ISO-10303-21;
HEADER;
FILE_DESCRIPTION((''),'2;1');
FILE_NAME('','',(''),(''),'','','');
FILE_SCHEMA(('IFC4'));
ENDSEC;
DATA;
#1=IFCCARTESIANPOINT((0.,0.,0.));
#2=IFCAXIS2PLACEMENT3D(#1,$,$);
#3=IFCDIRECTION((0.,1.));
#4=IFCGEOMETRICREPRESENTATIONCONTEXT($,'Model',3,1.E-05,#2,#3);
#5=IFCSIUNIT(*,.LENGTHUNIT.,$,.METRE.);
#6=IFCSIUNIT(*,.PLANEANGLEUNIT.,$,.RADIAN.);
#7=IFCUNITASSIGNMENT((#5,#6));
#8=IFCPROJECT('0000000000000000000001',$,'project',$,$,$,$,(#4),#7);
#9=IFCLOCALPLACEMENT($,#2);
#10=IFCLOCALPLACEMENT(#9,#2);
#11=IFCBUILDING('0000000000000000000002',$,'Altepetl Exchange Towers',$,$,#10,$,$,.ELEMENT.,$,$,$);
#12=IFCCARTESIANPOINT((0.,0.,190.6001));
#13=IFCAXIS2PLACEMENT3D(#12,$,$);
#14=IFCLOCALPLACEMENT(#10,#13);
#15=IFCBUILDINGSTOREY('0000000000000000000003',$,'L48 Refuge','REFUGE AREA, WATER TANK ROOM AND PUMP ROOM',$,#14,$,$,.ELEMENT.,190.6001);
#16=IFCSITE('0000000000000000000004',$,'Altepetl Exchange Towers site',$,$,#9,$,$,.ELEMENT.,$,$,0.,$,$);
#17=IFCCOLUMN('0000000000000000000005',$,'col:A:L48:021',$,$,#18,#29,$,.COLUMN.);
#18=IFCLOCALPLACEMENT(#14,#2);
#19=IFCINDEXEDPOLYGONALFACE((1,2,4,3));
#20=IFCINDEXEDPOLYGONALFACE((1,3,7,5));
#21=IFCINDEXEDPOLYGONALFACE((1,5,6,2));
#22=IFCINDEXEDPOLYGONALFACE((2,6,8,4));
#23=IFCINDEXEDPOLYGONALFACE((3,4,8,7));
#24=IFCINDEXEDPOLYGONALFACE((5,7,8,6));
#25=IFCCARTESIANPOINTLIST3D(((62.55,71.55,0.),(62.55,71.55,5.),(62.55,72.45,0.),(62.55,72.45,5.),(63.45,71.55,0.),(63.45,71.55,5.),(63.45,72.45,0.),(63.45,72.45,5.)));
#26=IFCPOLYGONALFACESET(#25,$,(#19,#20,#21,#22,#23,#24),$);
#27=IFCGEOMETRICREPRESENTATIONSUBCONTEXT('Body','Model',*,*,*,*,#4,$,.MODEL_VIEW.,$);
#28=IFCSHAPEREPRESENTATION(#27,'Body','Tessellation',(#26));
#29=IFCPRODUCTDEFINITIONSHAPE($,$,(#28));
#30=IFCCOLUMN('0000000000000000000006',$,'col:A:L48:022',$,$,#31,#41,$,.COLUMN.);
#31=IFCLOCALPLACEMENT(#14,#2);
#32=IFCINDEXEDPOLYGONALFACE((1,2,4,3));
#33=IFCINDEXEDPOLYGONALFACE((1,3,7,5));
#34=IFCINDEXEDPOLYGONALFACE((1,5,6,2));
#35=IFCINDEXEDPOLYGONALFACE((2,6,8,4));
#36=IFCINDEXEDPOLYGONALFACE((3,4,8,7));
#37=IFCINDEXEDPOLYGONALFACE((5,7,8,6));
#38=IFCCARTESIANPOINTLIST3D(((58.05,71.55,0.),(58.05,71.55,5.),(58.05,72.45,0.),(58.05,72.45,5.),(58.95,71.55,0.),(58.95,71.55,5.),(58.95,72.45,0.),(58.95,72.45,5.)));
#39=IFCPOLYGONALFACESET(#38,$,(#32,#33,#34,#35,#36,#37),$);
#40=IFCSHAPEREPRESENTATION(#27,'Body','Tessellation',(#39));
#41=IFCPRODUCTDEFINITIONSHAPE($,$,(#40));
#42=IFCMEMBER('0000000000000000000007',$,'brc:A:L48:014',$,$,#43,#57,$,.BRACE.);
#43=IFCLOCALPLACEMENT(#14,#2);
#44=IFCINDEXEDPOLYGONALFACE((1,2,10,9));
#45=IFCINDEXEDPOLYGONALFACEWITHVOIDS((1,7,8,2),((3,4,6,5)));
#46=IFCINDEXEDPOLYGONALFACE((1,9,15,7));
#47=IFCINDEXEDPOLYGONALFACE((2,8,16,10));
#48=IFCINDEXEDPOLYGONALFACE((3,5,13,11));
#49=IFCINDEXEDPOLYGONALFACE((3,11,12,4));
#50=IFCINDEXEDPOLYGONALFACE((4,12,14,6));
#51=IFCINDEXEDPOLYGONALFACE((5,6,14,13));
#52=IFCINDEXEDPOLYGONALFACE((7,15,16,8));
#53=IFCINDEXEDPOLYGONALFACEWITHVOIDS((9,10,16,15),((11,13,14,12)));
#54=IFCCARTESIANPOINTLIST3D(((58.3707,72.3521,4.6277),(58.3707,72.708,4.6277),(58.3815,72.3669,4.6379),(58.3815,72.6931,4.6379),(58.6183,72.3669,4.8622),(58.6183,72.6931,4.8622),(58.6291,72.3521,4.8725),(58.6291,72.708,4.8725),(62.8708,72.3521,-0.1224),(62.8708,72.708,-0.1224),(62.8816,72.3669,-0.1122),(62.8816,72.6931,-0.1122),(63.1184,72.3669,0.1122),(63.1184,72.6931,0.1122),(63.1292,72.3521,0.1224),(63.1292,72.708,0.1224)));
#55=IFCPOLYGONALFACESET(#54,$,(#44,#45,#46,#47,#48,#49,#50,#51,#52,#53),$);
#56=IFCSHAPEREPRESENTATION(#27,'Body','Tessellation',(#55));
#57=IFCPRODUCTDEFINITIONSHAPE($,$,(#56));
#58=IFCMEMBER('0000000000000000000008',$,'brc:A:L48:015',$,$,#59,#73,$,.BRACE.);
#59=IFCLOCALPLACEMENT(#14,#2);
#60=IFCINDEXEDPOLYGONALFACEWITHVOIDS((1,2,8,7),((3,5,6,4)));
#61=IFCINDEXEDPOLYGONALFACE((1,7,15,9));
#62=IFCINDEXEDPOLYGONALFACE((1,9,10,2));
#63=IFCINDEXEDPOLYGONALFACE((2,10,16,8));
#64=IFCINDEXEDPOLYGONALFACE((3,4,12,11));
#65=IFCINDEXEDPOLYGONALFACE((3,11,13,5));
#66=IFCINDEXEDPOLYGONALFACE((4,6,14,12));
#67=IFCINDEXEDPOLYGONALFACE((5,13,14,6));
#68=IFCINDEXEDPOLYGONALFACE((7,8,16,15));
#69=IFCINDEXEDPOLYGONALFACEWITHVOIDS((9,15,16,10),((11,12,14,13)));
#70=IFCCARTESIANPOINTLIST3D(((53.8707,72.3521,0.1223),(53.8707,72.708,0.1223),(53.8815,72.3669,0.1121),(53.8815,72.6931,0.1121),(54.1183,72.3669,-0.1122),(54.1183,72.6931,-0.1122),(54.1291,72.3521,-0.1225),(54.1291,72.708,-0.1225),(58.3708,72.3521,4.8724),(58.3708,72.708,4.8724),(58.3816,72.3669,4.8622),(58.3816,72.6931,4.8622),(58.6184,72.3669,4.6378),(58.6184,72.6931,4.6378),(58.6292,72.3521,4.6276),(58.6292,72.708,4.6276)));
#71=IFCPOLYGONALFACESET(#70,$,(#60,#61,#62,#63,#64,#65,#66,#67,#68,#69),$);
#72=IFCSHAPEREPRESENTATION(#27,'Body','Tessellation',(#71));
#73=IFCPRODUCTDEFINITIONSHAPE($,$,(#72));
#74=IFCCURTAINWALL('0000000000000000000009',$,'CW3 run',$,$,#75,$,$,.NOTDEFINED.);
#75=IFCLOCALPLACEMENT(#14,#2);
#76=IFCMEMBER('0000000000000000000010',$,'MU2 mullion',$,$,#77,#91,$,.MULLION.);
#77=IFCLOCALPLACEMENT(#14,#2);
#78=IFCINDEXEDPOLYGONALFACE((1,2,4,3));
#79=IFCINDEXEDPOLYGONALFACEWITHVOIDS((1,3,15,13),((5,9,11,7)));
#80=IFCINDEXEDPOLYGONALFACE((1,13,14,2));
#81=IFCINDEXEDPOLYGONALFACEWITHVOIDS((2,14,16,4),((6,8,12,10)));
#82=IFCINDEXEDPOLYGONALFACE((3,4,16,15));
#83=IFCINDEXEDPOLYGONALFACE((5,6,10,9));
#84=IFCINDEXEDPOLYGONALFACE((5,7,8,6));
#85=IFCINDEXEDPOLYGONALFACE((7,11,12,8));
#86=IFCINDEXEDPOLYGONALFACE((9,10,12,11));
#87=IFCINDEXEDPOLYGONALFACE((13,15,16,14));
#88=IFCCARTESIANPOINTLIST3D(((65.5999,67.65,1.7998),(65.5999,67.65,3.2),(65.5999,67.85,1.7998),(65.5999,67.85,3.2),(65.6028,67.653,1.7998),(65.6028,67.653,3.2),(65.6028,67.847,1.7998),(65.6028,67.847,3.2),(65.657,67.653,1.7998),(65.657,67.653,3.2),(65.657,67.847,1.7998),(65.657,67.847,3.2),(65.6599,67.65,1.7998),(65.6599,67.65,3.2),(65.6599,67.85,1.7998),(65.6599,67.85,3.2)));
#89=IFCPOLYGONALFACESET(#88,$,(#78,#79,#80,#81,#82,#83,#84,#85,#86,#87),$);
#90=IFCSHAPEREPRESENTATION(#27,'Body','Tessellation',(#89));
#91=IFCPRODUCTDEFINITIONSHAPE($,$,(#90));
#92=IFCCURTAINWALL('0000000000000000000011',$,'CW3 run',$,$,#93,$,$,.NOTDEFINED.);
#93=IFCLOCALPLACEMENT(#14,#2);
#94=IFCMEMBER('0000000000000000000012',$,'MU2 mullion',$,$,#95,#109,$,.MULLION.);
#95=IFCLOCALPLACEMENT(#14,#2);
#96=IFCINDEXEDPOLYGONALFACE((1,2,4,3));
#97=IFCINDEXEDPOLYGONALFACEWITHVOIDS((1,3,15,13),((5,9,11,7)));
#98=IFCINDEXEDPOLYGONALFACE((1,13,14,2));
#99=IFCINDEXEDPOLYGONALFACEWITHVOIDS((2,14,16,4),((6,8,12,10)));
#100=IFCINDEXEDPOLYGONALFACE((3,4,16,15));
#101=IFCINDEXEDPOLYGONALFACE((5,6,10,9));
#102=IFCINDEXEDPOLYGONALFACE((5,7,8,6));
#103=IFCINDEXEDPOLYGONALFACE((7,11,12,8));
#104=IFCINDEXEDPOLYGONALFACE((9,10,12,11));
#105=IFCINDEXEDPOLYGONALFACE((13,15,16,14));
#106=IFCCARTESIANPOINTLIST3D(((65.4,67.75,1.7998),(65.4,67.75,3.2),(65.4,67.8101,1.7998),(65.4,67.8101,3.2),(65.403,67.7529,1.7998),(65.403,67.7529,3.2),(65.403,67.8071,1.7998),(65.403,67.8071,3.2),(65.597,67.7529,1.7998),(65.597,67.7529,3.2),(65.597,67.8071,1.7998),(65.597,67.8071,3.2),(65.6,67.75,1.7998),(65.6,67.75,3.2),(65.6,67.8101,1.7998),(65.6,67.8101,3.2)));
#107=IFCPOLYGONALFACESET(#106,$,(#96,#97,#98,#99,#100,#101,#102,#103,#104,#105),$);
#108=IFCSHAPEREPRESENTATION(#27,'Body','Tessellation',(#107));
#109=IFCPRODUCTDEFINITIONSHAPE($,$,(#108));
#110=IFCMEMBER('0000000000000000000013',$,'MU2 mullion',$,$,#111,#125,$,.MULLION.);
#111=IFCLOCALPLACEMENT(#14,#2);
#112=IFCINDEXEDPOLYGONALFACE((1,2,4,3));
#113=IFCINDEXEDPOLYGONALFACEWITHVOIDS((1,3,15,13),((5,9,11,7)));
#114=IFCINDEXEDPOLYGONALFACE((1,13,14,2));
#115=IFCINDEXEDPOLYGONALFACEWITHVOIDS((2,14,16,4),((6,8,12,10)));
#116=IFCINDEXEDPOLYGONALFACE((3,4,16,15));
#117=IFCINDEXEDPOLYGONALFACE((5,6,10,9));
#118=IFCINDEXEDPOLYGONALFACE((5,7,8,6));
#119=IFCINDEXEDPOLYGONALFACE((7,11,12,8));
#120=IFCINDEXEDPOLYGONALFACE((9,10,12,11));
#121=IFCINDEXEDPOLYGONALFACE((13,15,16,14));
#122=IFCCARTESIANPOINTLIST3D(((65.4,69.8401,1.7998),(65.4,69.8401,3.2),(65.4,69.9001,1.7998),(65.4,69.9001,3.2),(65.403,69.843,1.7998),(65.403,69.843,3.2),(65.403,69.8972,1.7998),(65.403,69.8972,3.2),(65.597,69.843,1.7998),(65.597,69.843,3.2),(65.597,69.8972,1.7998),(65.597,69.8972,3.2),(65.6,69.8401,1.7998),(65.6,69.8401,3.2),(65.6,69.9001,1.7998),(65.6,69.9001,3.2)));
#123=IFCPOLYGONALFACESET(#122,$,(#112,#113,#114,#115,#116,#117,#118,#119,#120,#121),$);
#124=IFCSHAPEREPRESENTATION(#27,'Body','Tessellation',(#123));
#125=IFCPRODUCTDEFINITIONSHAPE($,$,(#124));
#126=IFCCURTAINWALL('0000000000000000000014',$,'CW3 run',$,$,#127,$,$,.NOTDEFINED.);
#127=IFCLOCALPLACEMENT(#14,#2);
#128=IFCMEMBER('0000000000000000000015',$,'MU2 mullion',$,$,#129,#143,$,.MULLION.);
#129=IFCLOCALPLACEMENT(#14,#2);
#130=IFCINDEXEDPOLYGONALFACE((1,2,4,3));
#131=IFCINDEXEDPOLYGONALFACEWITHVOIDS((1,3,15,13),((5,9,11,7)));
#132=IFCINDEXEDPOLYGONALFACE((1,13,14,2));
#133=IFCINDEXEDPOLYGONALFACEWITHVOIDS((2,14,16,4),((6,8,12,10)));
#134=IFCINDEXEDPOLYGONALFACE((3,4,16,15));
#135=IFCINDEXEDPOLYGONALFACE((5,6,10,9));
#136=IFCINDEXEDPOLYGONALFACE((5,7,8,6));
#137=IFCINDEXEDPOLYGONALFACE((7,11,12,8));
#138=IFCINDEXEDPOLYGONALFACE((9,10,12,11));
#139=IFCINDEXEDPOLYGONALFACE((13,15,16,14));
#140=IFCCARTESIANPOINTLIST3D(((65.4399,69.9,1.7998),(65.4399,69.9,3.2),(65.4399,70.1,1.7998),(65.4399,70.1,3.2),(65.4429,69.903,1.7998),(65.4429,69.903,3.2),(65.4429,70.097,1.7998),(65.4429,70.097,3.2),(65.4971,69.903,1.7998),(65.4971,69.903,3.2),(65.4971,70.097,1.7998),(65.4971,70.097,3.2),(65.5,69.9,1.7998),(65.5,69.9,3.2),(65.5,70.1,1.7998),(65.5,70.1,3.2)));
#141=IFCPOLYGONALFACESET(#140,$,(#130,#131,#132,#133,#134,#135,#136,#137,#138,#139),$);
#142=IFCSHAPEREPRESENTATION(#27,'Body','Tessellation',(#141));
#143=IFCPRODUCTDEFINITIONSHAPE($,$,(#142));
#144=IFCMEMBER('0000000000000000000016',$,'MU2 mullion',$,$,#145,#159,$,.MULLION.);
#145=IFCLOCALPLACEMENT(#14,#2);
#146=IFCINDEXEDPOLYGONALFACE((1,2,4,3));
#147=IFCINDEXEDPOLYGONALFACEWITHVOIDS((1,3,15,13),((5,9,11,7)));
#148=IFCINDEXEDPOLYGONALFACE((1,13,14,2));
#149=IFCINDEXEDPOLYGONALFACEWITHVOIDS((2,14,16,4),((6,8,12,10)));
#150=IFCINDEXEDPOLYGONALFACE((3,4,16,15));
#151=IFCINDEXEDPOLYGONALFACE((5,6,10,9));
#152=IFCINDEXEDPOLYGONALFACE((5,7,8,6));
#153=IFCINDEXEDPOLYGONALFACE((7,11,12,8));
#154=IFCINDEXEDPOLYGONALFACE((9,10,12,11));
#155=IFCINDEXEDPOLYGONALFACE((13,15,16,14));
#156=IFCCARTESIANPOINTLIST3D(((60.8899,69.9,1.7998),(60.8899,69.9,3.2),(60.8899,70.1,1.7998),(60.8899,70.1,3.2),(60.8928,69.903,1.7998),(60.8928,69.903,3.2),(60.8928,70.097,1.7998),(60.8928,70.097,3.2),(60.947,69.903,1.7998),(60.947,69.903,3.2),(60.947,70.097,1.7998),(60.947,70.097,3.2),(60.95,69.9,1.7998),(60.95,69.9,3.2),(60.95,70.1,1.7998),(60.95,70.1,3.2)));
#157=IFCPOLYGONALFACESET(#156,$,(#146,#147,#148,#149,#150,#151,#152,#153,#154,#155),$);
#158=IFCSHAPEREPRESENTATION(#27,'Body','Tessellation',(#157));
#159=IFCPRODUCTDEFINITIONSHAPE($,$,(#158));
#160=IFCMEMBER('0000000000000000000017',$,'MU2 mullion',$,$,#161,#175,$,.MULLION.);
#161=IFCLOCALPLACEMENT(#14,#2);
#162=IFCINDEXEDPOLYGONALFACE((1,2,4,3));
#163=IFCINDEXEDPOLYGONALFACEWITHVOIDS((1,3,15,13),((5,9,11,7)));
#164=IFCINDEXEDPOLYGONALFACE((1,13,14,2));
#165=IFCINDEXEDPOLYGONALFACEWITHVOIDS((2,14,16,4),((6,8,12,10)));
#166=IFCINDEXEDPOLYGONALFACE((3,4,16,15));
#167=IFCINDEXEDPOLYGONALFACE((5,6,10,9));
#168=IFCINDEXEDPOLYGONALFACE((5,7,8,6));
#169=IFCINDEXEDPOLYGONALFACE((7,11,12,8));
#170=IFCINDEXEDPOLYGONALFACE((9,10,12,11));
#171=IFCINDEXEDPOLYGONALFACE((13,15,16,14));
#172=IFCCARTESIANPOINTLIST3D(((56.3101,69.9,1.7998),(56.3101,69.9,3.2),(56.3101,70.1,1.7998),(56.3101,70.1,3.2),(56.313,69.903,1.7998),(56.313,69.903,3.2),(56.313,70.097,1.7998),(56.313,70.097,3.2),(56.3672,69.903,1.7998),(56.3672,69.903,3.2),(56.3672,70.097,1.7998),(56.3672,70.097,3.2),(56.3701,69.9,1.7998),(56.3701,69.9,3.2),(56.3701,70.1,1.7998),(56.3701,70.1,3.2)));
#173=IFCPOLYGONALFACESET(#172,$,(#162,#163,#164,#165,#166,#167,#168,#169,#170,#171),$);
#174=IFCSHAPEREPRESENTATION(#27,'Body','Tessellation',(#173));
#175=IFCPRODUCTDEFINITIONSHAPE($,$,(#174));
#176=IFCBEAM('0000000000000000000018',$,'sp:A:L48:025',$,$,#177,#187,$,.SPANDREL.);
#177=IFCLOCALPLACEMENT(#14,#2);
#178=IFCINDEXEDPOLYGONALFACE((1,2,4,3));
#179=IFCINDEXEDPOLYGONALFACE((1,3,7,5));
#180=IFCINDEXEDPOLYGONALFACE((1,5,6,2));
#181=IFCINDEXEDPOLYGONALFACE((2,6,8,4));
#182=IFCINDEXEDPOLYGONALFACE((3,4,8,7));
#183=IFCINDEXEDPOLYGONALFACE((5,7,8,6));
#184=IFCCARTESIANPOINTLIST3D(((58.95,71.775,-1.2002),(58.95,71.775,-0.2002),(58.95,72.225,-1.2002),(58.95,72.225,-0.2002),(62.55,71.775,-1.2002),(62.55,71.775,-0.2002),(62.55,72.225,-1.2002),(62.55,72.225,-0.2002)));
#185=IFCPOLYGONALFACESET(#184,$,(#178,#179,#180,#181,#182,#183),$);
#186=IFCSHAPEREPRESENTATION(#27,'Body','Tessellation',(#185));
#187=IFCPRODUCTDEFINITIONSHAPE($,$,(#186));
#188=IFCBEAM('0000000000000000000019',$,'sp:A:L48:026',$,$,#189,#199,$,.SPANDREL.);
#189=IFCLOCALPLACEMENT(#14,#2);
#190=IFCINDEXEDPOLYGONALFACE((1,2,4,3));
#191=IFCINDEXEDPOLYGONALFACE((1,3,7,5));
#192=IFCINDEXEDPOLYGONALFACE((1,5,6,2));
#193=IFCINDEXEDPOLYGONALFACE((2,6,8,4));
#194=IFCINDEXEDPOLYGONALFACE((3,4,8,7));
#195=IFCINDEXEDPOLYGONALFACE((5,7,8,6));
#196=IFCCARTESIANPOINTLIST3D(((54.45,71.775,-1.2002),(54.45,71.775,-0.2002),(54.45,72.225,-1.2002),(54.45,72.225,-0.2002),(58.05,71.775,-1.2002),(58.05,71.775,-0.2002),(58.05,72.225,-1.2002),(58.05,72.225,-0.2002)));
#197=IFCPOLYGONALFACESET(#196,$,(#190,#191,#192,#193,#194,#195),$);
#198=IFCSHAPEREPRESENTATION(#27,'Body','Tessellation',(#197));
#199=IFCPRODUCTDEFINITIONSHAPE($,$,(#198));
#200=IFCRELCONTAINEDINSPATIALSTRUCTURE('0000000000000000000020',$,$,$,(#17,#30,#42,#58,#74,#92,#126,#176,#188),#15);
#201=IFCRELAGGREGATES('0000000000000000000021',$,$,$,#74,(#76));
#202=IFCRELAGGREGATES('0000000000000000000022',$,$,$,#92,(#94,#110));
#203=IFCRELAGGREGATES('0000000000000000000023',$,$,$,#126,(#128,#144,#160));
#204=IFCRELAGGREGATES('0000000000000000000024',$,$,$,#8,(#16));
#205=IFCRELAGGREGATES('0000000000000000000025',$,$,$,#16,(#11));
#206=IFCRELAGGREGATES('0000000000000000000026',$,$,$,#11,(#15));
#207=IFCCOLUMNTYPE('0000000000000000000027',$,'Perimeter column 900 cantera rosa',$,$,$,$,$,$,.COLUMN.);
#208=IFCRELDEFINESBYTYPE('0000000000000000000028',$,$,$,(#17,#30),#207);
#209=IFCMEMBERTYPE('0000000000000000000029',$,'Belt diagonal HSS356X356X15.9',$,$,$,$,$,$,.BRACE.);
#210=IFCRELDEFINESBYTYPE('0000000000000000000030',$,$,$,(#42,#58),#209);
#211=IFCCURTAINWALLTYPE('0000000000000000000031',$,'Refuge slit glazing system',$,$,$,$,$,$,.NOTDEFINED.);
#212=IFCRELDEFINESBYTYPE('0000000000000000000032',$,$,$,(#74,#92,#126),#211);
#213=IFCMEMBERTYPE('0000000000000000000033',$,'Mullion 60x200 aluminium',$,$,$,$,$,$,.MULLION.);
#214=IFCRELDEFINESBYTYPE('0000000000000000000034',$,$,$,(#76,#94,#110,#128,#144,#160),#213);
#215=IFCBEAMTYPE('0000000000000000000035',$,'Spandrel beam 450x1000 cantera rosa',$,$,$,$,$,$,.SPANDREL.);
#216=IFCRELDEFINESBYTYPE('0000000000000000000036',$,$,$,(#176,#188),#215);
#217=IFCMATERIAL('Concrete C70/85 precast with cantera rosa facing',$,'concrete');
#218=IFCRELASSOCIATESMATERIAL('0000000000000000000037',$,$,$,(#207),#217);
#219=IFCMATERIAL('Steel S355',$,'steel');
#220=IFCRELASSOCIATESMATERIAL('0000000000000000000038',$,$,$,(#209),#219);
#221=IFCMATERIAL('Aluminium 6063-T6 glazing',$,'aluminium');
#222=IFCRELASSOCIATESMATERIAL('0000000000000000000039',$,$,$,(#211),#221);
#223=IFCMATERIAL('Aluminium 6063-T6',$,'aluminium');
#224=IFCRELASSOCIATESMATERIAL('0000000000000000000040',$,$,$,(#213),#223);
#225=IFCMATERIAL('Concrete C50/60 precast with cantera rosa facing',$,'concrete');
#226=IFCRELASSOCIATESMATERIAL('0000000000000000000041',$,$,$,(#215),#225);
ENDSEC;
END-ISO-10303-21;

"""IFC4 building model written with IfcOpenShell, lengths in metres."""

from ifc_helpers import new_model, si_unit, direction, frame, origin, origin_2d, place, context, subcontext, project, spatial, rectangle, hollow_rectangle, extrude, material, material_profile, profile_set, type_object, element, aggregate, save


model = new_model("IFC4")

# Units and contexts
model_context = context("Model", 3, precision=1e-05, world=origin(), true_north=direction((0.0, 1.0)))
body_context = subcontext(model_context, "Body", "Model", "MODEL_VIEW")
ifc_project = project(units=[si_unit("LENGTHUNIT", "METRE"), si_unit("PLANEANGLEUNIT", "RADIAN")], contexts=[model_context])

# Site, building, storey
site_placement = place(None, origin())
site = spatial("IfcSite", under=ifc_project, at=site_placement, Name="Altepetl Exchange Towers site", CompositionType="ELEMENT", RefElevation=0.0)
building_placement = place(site_placement, origin())
building = spatial("IfcBuilding", under=site, at=building_placement, Name="Altepetl Exchange Towers", CompositionType="ELEMENT")
storey_placement = place(building_placement, frame((0.0, 0.0, 190.6001)))
storey = spatial("IfcBuildingStorey", under=building, at=storey_placement, Name="L48 Refuge", Description="REFUGE AREA, WATER TANK ROOM AND PUMP ROOM", CompositionType="ELEMENT", Elevation=190.6001)

# Columns
ifc_material_1 = material(Name="Concrete C70/85 precast with cantera rosa facing", Category="concrete")
ifc_material_profile_1 = material_profile(ifc_material_1, rectangle(XDim=0.8999, YDim=0.8999, at=origin_2d()), Name="900 x 900")
ifc_profile_set_1 = profile_set([ifc_material_profile_1], Name="Concrete C70/85 precast with cantera rosa facing")
column_type = type_object("IfcColumnType", Name="Perimeter column 900 cantera rosa", PredefinedType="COLUMN", material=ifc_profile_set_1)
for number, where, name in (
    (1, (63.0, 72.0, 0.0), "col:A:L48:021"),
    (2, (58.5, 72.0, 0.0), "col:A:L48:022"),
):
    element("IfcColumn", number, at=place(storey_placement, frame(where)), inside=storey, type_object=column_type, Name=name, PredefinedType="COLUMN", context=body_context, shape_type="SweptSolid", body=[
        extrude(rectangle(XDim=0.8999, YDim=0.8999, at=origin_2d()), origin(), (0.0, 0.0, 1.0), 5.0),
    ])

# Members
ifc_material_2 = material(Name="Steel S355", Category="steel")
ifc_material_profile_2 = material_profile(ifc_material_2, hollow_rectangle(XDim=0.356, YDim=0.356, WallThickness=0.0149, at=origin_2d()), Name="HSS356X356X15.9")
ifc_profile_set_2 = profile_set([ifc_material_profile_2], Name="Steel S355")
member_type_1 = type_object("IfcMemberType", Name="Belt diagonal HSS356X356X15.9", PredefinedType="BRACE", material=ifc_profile_set_2)
for number, where, z_axis, x_axis, name in (
    (3, (63.0, 72.53, 0.0), (-0.687745, 0.0, 0.725953), (0.0, -1.0, 0.0), "brc:A:L48:014"),
    (4, (58.5, 72.53, 4.75), (-0.687745, 0.0, -0.725953), (0.0, -1.0, 0.0), "brc:A:L48:015"),
):
    element("IfcMember", number, at=place(storey_placement, frame(where, z_axis=z_axis, x_axis=x_axis)), inside=storey, type_object=member_type_1, Name=name, PredefinedType="BRACE", context=body_context, shape_type="SweptSolid", body=[
        extrude(hollow_rectangle(XDim=0.356, YDim=0.356, WallThickness=0.0149, at=origin_2d()), origin(), (0.0, 0.0, 1.0), 6.5432),
    ])

# Curtain wall, member
ifc_material_3 = material(Name="Aluminium 6063-T6 glazing", Category="aluminium")
curtain_wall_type = type_object("IfcCurtainWallType", Name="Refuge slit glazing system", PredefinedType="NOTDEFINED", material=ifc_material_3)
curtain_wall_1_placement = place(storey_placement, origin())
curtain_wall_1 = element("IfcCurtainWall", 5, at=curtain_wall_1_placement, inside=storey, type_object=curtain_wall_type, Name="CW3 run", PredefinedType="NOTDEFINED")
ifc_material_4 = material(Name="Aluminium 6063-T6", Category="aluminium")
ifc_material_profile_3 = material_profile(ifc_material_4, hollow_rectangle(XDim=0.0601, YDim=0.2, WallThickness=0.0029, at=origin_2d()), Name="Mullion 60x200 aluminium")
ifc_profile_set_3 = profile_set([ifc_material_profile_3], Name="Aluminium 6063-T6")
member_type_2 = type_object("IfcMemberType", Name="Mullion 60x200 aluminium", PredefinedType="MULLION", material=ifc_profile_set_3)
member_1_placement = place(storey_placement, frame((65.6299, 67.75, 1.7998), z_axis=(0.0, 0.0, 1.0), x_axis=(-1.0, 0.0, 0.0)))
member_1 = element("IfcMember", 6, at=member_1_placement, type_object=member_type_2, Name="MU2 mullion", PredefinedType="MULLION", context=body_context, shape_type="SweptSolid", body=[
    extrude(hollow_rectangle(XDim=0.0601, YDim=0.2, WallThickness=0.0029, at=origin_2d()), origin(), (0.0, 0.0, 1.0), 1.4001),
])

# Curtain walls, members
curtain_wall_2_placement = place(storey_placement, origin())
curtain_wall_2 = element("IfcCurtainWall", 7, at=curtain_wall_2_placement, inside=storey, type_object=curtain_wall_type, Name="CW3 run", PredefinedType="NOTDEFINED")
member_2_placement = place(storey_placement, frame((65.5, 67.78, 1.7998), z_axis=(0.0, 0.0, 1.0), x_axis=(0.0, 1.0, 0.0)))
member_2 = element("IfcMember", 8, at=member_2_placement, type_object=member_type_2, Name="MU2 mullion", PredefinedType="MULLION", context=body_context, shape_type="SweptSolid", body=[
    extrude(hollow_rectangle(XDim=0.0601, YDim=0.2, WallThickness=0.0029, at=origin_2d()), origin(), (0.0, 0.0, 1.0), 1.4001),
])
member_3_placement = place(storey_placement, frame((65.5, 69.8701, 1.7998), z_axis=(0.0, 0.0, 1.0), x_axis=(0.0, 1.0, 0.0)))
member_3 = element("IfcMember", 9, at=member_3_placement, type_object=member_type_2, Name="MU2 mullion", PredefinedType="MULLION", context=body_context, shape_type="SweptSolid", body=[
    extrude(hollow_rectangle(XDim=0.0601, YDim=0.2, WallThickness=0.0029, at=origin_2d()), origin(), (0.0, 0.0, 1.0), 1.4001),
])
curtain_wall_3_placement = place(storey_placement, origin())
curtain_wall_3 = element("IfcCurtainWall", 10, at=curtain_wall_3_placement, inside=storey, type_object=curtain_wall_type, Name="CW3 run", PredefinedType="NOTDEFINED")
member_4_placement = place(storey_placement, frame((65.47, 70.0, 1.7998), z_axis=(0.0, 0.0, 1.0), x_axis=(-1.0, 0.0, 0.0)))
member_4 = element("IfcMember", 11, at=member_4_placement, type_object=member_type_2, Name="MU2 mullion", PredefinedType="MULLION", context=body_context, shape_type="SweptSolid", body=[
    extrude(hollow_rectangle(XDim=0.0601, YDim=0.2, WallThickness=0.0029, at=origin_2d()), origin(), (0.0, 0.0, 1.0), 1.4001),
])
member_5_placement = place(storey_placement, frame((60.9199, 70.0, 1.7998), z_axis=(0.0, 0.0, 1.0), x_axis=(-1.0, 0.0, 0.0)))
member_5 = element("IfcMember", 12, at=member_5_placement, type_object=member_type_2, Name="MU2 mullion", PredefinedType="MULLION", context=body_context, shape_type="SweptSolid", body=[
    extrude(hollow_rectangle(XDim=0.0601, YDim=0.2, WallThickness=0.0029, at=origin_2d()), origin(), (0.0, 0.0, 1.0), 1.4001),
])
member_6_placement = place(storey_placement, frame((56.3401, 70.0, 1.7998), z_axis=(0.0, 0.0, 1.0), x_axis=(-1.0, 0.0, 0.0)))
member_6 = element("IfcMember", 13, at=member_6_placement, type_object=member_type_2, Name="MU2 mullion", PredefinedType="MULLION", context=body_context, shape_type="SweptSolid", body=[
    extrude(hollow_rectangle(XDim=0.0601, YDim=0.2, WallThickness=0.0029, at=origin_2d()), origin(), (0.0, 0.0, 1.0), 1.4001),
])

# Beams
ifc_material_5 = material(Name="Concrete C50/60 precast with cantera rosa facing", Category="concrete")
ifc_material_profile_4 = material_profile(ifc_material_5, rectangle(XDim=0.45, YDim=1.0, at=origin_2d()), Name="450 x 1000")
ifc_profile_set_4 = profile_set([ifc_material_profile_4], Name="Concrete C50/60 precast with cantera rosa facing")
beam_type = type_object("IfcBeamType", Name="Spandrel beam 450x1000 cantera rosa", PredefinedType="SPANDREL", material=ifc_profile_set_4)
for number, where, z_axis, x_axis, name in (
    (14, (62.55, 72.0, -0.7002), (-1.0, 0.0, 0.0), (0.0, -1.0, 0.0), "sp:A:L48:025"),
    (15, (58.05, 72.0, -0.7002), (-1.0, 0.0, 0.0), (0.0, -1.0, 0.0), "sp:A:L48:026"),
):
    element("IfcBeam", number, at=place(storey_placement, frame(where, z_axis=z_axis, x_axis=x_axis)), inside=storey, type_object=beam_type, Name=name, PredefinedType="SPANDREL", context=body_context, shape_type="SweptSolid", body=[
        extrude(rectangle(XDim=0.45, YDim=1.0, at=origin_2d()), origin(), (0.0, 0.0, 1.0), 3.6001),
    ])

aggregate(curtain_wall_1, [member_1])
aggregate(curtain_wall_2, [member_2, member_3])
aggregate(curtain_wall_3, [member_4, member_5, member_6])

save(model, "model.ifc")
